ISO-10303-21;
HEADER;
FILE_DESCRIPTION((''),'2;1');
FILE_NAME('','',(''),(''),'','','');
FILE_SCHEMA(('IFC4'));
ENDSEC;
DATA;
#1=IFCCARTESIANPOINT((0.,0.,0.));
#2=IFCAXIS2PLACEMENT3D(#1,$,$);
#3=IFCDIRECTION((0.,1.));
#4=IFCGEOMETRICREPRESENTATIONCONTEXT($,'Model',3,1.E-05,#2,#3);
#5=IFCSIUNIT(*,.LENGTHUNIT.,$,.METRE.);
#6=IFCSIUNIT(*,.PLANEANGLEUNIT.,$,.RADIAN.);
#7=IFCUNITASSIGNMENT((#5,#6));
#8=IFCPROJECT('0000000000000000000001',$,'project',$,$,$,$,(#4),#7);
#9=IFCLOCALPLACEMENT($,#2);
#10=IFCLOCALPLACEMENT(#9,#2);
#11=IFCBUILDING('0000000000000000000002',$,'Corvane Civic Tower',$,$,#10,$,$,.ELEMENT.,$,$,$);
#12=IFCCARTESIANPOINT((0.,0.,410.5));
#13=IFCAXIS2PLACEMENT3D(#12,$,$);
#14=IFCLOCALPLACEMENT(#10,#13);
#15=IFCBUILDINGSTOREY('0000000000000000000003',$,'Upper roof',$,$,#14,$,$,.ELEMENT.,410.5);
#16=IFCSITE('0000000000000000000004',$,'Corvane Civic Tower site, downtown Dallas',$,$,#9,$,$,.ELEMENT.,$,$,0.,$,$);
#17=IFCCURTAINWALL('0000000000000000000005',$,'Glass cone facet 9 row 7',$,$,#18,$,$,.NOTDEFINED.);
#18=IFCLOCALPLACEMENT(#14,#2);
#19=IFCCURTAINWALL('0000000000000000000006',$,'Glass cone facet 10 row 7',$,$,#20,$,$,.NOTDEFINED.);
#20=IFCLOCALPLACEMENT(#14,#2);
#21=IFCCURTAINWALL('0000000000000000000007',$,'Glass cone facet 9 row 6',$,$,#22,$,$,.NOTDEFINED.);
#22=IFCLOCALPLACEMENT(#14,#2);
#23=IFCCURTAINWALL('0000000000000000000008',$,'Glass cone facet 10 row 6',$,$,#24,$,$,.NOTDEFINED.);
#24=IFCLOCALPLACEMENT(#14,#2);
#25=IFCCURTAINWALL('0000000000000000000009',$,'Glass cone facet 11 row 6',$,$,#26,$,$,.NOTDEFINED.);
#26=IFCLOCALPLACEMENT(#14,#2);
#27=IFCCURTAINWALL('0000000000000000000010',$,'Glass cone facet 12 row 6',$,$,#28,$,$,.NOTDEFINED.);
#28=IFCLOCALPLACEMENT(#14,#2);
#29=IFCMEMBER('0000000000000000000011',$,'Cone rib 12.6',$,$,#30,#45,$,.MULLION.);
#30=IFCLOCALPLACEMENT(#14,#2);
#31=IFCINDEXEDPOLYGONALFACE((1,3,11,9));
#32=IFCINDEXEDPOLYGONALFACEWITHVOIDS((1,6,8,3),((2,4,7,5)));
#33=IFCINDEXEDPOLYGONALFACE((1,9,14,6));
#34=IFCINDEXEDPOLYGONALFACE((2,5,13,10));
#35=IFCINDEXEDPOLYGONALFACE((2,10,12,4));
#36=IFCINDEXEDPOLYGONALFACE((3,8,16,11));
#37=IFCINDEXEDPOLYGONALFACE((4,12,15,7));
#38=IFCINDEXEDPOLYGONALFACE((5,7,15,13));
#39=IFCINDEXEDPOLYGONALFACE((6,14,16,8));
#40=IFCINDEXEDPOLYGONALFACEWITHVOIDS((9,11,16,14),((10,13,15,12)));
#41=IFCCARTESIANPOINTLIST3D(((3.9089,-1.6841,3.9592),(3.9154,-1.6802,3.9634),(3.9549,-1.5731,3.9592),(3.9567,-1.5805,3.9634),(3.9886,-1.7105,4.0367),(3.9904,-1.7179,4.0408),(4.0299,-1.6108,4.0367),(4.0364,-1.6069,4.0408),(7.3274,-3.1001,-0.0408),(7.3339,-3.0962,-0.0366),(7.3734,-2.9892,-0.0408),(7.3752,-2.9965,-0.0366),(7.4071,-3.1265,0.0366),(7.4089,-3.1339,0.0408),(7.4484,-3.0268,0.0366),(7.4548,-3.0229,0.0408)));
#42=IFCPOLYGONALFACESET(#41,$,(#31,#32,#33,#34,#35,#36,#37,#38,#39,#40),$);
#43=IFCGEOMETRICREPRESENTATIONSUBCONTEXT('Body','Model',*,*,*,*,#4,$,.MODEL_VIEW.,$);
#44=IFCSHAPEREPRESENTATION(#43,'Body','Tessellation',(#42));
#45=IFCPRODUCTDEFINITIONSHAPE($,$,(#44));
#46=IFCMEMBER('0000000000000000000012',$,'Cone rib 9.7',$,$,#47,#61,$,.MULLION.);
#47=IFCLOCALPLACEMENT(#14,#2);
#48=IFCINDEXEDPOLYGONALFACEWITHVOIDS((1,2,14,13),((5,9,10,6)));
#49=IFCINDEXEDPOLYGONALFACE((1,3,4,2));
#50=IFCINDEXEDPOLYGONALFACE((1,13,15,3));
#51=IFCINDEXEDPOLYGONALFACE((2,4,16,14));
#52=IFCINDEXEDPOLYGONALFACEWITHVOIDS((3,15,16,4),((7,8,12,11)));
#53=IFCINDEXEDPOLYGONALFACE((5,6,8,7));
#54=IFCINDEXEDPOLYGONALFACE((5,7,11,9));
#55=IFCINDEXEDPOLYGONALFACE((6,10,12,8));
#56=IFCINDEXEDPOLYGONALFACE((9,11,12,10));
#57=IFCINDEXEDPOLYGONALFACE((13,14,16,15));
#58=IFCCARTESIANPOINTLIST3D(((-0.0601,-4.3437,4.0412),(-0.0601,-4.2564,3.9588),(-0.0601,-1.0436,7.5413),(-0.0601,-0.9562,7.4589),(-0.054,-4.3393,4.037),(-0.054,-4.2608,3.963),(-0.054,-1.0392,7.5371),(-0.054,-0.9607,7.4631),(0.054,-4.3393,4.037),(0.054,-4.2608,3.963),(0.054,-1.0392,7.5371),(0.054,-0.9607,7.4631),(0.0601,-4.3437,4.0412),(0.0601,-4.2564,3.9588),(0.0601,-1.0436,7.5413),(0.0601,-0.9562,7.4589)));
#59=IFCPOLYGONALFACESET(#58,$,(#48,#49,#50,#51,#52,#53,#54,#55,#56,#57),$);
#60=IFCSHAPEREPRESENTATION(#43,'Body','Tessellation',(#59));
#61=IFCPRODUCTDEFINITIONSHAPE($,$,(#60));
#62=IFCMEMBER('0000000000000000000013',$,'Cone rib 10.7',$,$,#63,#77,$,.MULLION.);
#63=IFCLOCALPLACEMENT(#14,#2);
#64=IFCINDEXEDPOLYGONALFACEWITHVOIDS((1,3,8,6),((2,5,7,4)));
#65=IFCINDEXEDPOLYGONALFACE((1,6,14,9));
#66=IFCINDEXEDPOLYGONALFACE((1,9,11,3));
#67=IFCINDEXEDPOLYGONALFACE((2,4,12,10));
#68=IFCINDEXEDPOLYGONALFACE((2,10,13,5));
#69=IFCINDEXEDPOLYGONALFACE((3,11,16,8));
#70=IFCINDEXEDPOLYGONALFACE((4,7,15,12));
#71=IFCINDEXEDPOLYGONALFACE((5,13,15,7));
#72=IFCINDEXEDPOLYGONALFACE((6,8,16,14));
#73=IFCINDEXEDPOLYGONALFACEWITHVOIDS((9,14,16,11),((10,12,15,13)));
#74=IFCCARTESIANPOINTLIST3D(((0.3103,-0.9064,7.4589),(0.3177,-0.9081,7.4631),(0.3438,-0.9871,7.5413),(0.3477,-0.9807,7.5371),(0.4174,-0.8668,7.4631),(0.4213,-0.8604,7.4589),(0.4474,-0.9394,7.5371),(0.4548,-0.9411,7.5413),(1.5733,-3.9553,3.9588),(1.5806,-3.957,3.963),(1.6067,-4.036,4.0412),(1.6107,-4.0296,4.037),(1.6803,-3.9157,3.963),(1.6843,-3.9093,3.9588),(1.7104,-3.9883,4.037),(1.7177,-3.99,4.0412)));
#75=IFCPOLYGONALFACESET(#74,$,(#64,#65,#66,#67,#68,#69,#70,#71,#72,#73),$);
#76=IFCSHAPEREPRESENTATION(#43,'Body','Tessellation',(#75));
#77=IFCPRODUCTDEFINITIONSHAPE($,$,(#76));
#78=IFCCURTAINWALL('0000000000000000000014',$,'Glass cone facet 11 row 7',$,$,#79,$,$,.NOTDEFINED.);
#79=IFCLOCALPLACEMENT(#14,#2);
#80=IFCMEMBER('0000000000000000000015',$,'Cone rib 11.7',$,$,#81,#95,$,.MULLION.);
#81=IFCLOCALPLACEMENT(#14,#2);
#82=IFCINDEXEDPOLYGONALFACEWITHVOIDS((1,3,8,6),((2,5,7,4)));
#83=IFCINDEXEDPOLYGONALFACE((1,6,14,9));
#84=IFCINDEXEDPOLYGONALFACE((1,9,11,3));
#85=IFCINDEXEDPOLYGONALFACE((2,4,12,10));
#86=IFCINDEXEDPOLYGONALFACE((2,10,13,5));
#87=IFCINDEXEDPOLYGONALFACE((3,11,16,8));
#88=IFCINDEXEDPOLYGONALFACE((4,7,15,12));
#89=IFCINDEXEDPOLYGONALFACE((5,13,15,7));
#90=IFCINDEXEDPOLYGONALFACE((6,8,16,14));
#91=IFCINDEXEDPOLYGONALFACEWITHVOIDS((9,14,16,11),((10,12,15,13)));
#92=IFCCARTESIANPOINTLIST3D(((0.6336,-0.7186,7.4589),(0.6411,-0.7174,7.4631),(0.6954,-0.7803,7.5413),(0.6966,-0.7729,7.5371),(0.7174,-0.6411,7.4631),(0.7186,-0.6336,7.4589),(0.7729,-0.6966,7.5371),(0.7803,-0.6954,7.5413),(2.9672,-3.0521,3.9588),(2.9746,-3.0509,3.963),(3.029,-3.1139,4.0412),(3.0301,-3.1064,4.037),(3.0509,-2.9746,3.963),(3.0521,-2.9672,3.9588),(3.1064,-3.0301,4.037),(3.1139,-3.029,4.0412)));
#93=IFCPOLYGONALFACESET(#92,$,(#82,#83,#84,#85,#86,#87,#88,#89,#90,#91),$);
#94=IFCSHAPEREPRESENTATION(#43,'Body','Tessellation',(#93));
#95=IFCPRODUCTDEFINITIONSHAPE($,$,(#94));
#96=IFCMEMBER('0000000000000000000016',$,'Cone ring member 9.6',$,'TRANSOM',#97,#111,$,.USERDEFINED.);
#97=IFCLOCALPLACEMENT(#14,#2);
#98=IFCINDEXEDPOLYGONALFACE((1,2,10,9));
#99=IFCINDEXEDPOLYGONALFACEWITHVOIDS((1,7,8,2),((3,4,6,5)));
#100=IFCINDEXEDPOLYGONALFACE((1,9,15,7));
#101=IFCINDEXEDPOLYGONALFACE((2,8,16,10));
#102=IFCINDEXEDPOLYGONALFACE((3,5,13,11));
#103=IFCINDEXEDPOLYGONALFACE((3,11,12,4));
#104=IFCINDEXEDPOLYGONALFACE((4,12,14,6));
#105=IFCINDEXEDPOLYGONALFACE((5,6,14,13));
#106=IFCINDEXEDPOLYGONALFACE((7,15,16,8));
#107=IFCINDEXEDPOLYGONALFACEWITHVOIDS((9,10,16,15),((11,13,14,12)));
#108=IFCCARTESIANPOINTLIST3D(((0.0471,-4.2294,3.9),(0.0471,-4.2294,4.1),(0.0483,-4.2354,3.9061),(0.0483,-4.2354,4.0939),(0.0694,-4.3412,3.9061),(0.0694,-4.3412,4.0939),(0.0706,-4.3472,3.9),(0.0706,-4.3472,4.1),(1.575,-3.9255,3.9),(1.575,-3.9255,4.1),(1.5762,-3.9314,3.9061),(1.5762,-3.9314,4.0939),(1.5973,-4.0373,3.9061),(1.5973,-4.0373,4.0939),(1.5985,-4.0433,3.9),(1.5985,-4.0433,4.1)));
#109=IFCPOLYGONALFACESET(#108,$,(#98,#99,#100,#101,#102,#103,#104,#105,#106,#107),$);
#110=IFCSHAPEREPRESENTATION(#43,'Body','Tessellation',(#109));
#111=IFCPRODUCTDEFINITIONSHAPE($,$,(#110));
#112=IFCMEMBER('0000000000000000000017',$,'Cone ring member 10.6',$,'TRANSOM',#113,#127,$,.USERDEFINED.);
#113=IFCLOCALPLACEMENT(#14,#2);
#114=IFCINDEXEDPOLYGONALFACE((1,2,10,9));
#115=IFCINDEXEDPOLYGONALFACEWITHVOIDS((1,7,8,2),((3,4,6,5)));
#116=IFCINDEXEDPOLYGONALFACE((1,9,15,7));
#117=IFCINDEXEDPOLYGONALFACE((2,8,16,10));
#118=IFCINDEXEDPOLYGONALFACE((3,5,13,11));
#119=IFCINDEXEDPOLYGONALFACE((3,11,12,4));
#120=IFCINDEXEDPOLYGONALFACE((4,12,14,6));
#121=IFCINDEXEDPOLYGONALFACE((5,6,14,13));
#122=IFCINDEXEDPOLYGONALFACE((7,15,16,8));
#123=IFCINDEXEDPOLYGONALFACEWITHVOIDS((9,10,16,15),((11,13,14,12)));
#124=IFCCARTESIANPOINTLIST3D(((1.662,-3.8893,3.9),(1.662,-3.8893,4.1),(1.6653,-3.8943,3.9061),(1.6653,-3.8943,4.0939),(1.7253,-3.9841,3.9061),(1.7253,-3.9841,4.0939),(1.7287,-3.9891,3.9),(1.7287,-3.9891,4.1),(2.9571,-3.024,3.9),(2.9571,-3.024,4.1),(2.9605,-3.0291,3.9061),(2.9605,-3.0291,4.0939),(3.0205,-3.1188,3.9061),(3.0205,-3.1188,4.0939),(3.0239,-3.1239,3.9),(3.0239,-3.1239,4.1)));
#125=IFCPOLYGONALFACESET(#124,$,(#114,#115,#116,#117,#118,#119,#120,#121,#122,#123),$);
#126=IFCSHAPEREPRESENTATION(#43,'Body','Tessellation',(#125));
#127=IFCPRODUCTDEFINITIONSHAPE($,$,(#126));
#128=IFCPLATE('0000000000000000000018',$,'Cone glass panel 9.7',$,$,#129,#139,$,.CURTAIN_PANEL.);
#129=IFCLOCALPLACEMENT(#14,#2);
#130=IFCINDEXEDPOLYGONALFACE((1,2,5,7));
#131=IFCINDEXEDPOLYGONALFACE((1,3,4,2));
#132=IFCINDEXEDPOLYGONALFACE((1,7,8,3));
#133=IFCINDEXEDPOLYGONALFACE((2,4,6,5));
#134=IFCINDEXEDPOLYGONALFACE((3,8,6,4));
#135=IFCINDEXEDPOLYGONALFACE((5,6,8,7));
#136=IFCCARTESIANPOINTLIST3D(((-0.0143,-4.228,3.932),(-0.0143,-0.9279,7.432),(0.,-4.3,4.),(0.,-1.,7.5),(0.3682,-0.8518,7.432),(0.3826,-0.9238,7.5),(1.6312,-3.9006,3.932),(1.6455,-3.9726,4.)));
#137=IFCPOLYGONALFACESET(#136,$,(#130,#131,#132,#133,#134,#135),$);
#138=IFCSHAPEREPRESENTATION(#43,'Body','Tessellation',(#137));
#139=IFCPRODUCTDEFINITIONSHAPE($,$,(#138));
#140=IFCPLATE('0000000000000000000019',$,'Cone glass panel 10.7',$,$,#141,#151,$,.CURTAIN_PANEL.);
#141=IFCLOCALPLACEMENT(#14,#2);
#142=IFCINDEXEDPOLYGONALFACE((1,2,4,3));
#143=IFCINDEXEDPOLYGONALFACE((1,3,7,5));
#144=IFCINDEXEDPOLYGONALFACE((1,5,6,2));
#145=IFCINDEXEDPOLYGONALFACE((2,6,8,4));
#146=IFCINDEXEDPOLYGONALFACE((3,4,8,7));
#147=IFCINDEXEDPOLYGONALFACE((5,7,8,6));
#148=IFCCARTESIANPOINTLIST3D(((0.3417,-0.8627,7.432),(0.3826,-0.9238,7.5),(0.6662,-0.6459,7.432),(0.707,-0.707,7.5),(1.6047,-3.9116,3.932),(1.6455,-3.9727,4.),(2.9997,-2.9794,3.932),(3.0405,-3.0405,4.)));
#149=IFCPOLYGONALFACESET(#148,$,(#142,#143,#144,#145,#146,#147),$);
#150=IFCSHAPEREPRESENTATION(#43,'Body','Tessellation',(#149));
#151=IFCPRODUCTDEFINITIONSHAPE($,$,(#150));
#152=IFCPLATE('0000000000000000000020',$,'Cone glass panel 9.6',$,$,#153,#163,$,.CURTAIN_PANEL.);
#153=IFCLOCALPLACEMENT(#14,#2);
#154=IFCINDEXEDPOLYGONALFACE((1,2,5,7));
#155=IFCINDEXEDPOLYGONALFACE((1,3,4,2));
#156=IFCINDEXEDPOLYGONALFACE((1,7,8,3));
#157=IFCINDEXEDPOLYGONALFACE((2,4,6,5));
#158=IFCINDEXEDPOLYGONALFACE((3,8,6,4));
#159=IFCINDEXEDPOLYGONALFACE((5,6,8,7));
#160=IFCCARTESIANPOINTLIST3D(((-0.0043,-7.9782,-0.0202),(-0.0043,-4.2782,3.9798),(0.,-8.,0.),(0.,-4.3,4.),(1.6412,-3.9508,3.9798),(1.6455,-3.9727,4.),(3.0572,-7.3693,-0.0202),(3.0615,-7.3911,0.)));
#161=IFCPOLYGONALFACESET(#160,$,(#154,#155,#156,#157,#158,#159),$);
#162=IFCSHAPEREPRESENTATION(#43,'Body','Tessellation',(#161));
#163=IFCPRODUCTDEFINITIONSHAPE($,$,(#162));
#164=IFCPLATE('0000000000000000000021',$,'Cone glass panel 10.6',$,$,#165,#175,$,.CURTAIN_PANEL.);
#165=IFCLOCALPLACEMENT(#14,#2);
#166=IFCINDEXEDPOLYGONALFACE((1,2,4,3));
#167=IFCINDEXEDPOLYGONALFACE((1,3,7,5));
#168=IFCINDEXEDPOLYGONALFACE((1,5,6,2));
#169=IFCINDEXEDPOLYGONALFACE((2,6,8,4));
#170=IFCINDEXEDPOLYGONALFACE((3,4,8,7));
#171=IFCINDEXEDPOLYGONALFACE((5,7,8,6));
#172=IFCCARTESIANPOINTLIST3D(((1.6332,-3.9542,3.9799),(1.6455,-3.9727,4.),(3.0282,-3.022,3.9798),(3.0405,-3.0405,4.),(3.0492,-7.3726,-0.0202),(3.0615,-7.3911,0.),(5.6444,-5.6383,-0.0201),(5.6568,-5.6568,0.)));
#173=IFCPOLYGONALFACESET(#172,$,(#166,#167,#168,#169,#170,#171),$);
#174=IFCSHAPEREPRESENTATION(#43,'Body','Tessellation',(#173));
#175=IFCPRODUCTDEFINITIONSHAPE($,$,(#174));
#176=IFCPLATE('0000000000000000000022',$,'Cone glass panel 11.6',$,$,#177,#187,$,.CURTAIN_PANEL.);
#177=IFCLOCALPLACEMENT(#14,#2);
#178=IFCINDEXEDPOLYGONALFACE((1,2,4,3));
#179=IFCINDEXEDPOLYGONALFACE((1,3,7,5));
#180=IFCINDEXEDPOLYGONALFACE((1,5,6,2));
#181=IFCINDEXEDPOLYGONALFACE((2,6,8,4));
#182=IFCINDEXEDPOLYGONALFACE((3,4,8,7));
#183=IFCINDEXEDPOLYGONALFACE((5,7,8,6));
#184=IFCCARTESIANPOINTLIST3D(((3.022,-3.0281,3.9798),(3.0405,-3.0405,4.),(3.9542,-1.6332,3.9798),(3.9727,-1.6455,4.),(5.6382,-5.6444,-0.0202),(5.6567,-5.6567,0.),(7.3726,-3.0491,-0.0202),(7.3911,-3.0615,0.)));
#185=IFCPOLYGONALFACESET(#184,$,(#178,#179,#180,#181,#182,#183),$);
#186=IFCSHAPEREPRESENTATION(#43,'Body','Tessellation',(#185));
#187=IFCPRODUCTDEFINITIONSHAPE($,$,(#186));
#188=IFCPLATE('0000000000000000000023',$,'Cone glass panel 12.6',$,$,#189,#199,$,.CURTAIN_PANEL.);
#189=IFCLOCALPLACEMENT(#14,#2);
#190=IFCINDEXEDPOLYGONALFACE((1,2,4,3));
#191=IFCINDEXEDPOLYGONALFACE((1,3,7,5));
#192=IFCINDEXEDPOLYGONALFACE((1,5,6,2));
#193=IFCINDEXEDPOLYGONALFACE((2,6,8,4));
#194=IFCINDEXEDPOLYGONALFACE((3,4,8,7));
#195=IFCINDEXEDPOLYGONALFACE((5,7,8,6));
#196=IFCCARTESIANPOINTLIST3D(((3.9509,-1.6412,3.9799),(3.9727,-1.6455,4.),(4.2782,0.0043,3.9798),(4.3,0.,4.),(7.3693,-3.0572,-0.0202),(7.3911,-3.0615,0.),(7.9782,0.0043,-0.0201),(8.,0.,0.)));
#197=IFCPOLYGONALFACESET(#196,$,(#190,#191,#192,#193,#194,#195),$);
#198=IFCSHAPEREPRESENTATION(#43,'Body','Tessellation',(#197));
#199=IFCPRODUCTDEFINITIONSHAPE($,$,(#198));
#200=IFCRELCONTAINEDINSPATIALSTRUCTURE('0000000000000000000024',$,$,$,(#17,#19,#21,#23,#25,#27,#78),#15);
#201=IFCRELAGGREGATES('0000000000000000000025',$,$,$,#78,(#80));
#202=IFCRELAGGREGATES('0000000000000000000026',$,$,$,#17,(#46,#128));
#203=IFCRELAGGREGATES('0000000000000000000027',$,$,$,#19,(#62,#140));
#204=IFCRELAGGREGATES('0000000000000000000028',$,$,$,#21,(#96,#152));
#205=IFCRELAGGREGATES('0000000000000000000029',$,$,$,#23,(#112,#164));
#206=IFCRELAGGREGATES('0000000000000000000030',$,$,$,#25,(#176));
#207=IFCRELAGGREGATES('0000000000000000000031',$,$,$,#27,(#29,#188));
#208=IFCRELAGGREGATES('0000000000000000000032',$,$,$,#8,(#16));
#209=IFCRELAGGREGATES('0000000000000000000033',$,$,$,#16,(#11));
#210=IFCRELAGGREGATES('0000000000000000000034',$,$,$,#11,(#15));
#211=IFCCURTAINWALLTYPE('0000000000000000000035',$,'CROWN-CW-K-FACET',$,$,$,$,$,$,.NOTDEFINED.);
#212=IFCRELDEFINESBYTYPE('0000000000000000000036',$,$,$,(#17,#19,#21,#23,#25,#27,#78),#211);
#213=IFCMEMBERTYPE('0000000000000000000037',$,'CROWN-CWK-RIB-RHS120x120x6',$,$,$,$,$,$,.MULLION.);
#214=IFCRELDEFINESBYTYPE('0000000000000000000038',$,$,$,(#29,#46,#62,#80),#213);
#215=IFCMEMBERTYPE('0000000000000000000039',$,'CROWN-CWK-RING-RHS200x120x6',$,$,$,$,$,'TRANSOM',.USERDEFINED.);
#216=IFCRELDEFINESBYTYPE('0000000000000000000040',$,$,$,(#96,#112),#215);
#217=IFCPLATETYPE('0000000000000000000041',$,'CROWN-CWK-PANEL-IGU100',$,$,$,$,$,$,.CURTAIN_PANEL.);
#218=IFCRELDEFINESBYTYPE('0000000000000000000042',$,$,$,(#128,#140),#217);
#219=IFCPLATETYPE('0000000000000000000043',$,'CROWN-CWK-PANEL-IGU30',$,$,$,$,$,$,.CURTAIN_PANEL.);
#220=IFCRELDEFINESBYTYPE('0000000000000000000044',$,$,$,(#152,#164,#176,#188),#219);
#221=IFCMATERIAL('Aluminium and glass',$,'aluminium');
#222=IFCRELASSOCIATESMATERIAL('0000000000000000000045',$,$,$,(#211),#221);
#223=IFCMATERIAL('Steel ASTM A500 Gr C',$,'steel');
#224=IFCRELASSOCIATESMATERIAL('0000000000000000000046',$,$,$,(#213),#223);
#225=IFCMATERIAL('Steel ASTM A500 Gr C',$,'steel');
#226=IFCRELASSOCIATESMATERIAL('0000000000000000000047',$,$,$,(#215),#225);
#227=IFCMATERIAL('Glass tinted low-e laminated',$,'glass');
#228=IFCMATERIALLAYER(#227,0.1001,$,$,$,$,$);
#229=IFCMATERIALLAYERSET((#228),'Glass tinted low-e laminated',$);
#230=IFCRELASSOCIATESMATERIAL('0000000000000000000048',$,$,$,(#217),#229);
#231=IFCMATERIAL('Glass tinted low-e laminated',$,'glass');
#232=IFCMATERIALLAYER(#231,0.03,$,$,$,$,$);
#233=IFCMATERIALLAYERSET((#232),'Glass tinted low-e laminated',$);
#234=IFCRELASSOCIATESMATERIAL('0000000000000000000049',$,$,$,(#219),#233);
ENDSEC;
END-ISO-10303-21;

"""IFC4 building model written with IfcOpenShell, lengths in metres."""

from ifc_helpers import new_model, si_unit, direction, frame, origin, origin_2d, place, context, subcontext, project, spatial, polyline, hollow_rectangle, outline, extrude, material, layer, layer_set, material_profile, profile_set, type_object, element, aggregate, save


model = new_model("IFC4")

# Units and contexts
model_context = context("Model", 3, precision=1e-05, world=origin(), true_north=direction((0.0, 1.0)))
body_context = subcontext(model_context, "Body", "Model", "MODEL_VIEW")
ifc_project = project(units=[si_unit("LENGTHUNIT", "METRE"), si_unit("PLANEANGLEUNIT", "RADIAN")], contexts=[model_context])

# Site, building, storey
site_placement = place(None, origin())
site = spatial("IfcSite", under=ifc_project, at=site_placement, Name="Corvane Civic Tower site, downtown Dallas", CompositionType="ELEMENT", RefElevation=0.0)
building_placement = place(site_placement, origin())
building = spatial("IfcBuilding", under=site, at=building_placement, Name="Corvane Civic Tower", CompositionType="ELEMENT")
storey_placement = place(building_placement, frame((0.0, 0.0, 410.5)))
storey = spatial("IfcBuildingStorey", under=building, at=storey_placement, Name="Upper roof", CompositionType="ELEMENT", Elevation=410.5)

# Curtain walls
ifc_material_1 = material(Name="Aluminium and glass", Category="aluminium")
curtain_wall_type = type_object("IfcCurtainWallType", Name="CROWN-CW-K-FACET", PredefinedType="NOTDEFINED", material=ifc_material_1)
curtain_wall_1_placement = place(storey_placement, origin())
curtain_wall_1 = element("IfcCurtainWall", 1, at=curtain_wall_1_placement, inside=storey, type_object=curtain_wall_type, Name="Glass cone facet 9 row 7", PredefinedType="NOTDEFINED")
curtain_wall_2_placement = place(storey_placement, origin())
curtain_wall_2 = element("IfcCurtainWall", 2, at=curtain_wall_2_placement, inside=storey, type_object=curtain_wall_type, Name="Glass cone facet 10 row 7", PredefinedType="NOTDEFINED")

# Curtain walls
curtain_wall_3_placement = place(storey_placement, origin())
curtain_wall_3 = element("IfcCurtainWall", 3, at=curtain_wall_3_placement, inside=storey, type_object=curtain_wall_type, Name="Glass cone facet 9 row 6", PredefinedType="NOTDEFINED")
curtain_wall_4_placement = place(storey_placement, origin())
curtain_wall_4 = element("IfcCurtainWall", 4, at=curtain_wall_4_placement, inside=storey, type_object=curtain_wall_type, Name="Glass cone facet 10 row 6", PredefinedType="NOTDEFINED")
curtain_wall_5_placement = place(storey_placement, origin())
curtain_wall_5 = element("IfcCurtainWall", 5, at=curtain_wall_5_placement, inside=storey, type_object=curtain_wall_type, Name="Glass cone facet 11 row 6", PredefinedType="NOTDEFINED")

# Shared definitions
ifc_material_2 = material(Name="Steel ASTM A500 Gr C", Category="steel")
ifc_material_profile_1 = material_profile(ifc_material_2, hollow_rectangle(XDim=0.1201, YDim=0.1201, WallThickness=0.0061, at=origin_2d()), Name="RHS 120x120x6")
ifc_profile_set_1 = profile_set([ifc_material_profile_1], Name="Steel ASTM A500 Gr C")
member_type_1 = type_object("IfcMemberType", Name="CROWN-CWK-RIB-RHS120x120x6", PredefinedType="MULLION", material=ifc_profile_set_1)

# Curtain wall, member
curtain_wall_6_placement = place(storey_placement, origin())
curtain_wall_6 = element("IfcCurtainWall", 6, at=curtain_wall_6_placement, inside=storey, type_object=curtain_wall_type, Name="Glass cone facet 12 row 6", PredefinedType="NOTDEFINED")
member_1_placement = place(storey_placement, frame((7.3911, -3.0615, 0.0), z_axis=(-0.627362, 0.25987, 0.734088), x_axis=(-0.382694, -0.923875, 0.0)))
member_1 = element("IfcMember", 7, at=member_1_placement, type_object=member_type_1, Name="Cone rib 12.6", PredefinedType="MULLION", context=body_context, shape_type="SweptSolid", body=[
    extrude(hollow_rectangle(XDim=0.1201, YDim=0.1201, WallThickness=0.0061, at=origin_2d()), origin(), (0.0, 0.0, 1.0), 5.449),
])

# Members
member_2_placement = place(storey_placement, frame((0.0, -4.3, 4.0), z_axis=(0.0, 0.686018, 0.727584), x_axis=(-1.0, 0.0, 0.0)))
member_2 = element("IfcMember", 8, at=member_2_placement, type_object=member_type_1, Name="Cone rib 9.7", PredefinedType="MULLION", context=body_context, shape_type="SweptSolid", body=[
    extrude(hollow_rectangle(XDim=0.1201, YDim=0.1201, WallThickness=0.0061, at=origin_2d()), origin(), (0.0, 0.0, 1.0), 4.8105),
])
member_3_placement = place(storey_placement, frame((1.6455, -3.9727, 4.0), z_axis=(-0.262541, 0.633794, 0.727584), x_axis=(-0.923872, -0.382702, 0.0)))
member_3 = element("IfcMember", 9, at=member_3_placement, type_object=member_type_1, Name="Cone rib 10.7", PredefinedType="MULLION", context=body_context, shape_type="SweptSolid", body=[
    extrude(hollow_rectangle(XDim=0.1201, YDim=0.1201, WallThickness=0.0061, at=origin_2d()), origin(), (0.0, 0.0, 1.0), 4.8105),
])

# Curtain wall, member
curtain_wall_7_placement = place(storey_placement, origin())
curtain_wall_7 = element("IfcCurtainWall", 10, at=curtain_wall_7_placement, inside=storey, type_object=curtain_wall_type, Name="Glass cone facet 11 row 7", PredefinedType="NOTDEFINED")
member_4_placement = place(storey_placement, frame((3.0405, -3.0405, 4.0), z_axis=(-0.485089, 0.485089, 0.727583), x_axis=(-0.707107, -0.707107, 0.0)))
member_4 = element("IfcMember", 11, at=member_4_placement, type_object=member_type_1, Name="Cone rib 11.7", PredefinedType="MULLION", context=body_context, shape_type="SweptSolid", body=[
    extrude(hollow_rectangle(XDim=0.1201, YDim=0.1201, WallThickness=0.0061, at=origin_2d()), origin(), (0.0, 0.0, 1.0), 4.8105),
])
aggregate(curtain_wall_7, [member_4])

# Members
ifc_material_3 = material(Name="Steel ASTM A500 Gr C", Category="steel")
ifc_material_profile_2 = material_profile(ifc_material_3, hollow_rectangle(XDim=0.1201, YDim=0.2, WallThickness=0.0061, at=origin_2d()), Name="RHS 200x120x6")
ifc_profile_set_2 = profile_set([ifc_material_profile_2], Name="Steel ASTM A500 Gr C")
member_type_2 = type_object("IfcMemberType", Name="CROWN-CWK-RING-RHS200x120x6", ElementType="TRANSOM", PredefinedType="USERDEFINED", material=ifc_profile_set_2)
member_5_placement = place(storey_placement, frame((0.0588, -4.2883, 4.0), z_axis=(0.980779, 0.195121, 0.0), x_axis=(-0.195121, 0.980779, 0.0)))
member_5 = element("IfcMember", 12, at=member_5_placement, type_object=member_type_2, Name="Cone ring member 9.6", ObjectType="TRANSOM", PredefinedType="USERDEFINED", context=body_context, shape_type="SweptSolid", body=[
    extrude(hollow_rectangle(XDim=0.1201, YDim=0.2, WallThickness=0.0061, at=origin_2d()), origin(), (0.0, 0.0, 1.0), 1.5579),
])
member_6_placement = place(storey_placement, frame((1.6953, -3.9392, 4.0), z_axis=(0.831519, 0.555496, 0.0), x_axis=(-0.555496, 0.831519, 0.0)))
member_6 = element("IfcMember", 13, at=member_6_placement, type_object=member_type_2, Name="Cone ring member 10.6", ObjectType="TRANSOM", PredefinedType="USERDEFINED", context=body_context, shape_type="SweptSolid", body=[
    extrude(hollow_rectangle(XDim=0.1201, YDim=0.2, WallThickness=0.0061, at=origin_2d()), origin(), (0.0, 0.0, 1.0), 1.5576),
])

# Plates
ifc_material_4 = material(Name="Glass tinted low-e laminated", Category="glass")
ifc_layer_1 = layer(ifc_material_4, 0.1001)
ifc_layer_set_1 = layer_set([ifc_layer_1], Name="Glass tinted low-e laminated")
plate_type_1 = type_object("IfcPlateType", Name="CROWN-CWK-PANEL-IGU100", PredefinedType="CURTAIN_PANEL", material=ifc_layer_set_1)
plate_1_placement = place(storey_placement, frame((0.0, -4.3, 4.0), z_axis=(0.143286, -0.720072, 0.678944), x_axis=(0.980773, 0.195151, -0.000013)))
plate_1 = element("IfcPlate", 14, at=plate_1_placement, type_object=plate_type_1, Name="Cone glass panel 9.7", PredefinedType="CURTAIN_PANEL", context=body_context, shape_type="SweptSolid", body=[
    extrude(outline(polyline([(0.0, 0.0), (1.6778, 0.0), (1.034, 4.7672), (0.644, 4.7671), (0.0, 0.0)])), origin(), (0.0, 0.0, -1.0), 0.1001),
])
aggregate(curtain_wall_1, [member_2, plate_1])
plate_2_placement = place(storey_placement, frame((1.6455, -3.9727, 4.0), z_axis=(0.407894, -0.610454, 0.678947), x_axis=(0.831468, 0.555572, 0.000001)))
plate_2 = element("IfcPlate", 15, at=plate_2_placement, type_object=plate_type_1, Name="Cone glass panel 10.7", PredefinedType="CURTAIN_PANEL", context=body_context, shape_type="SweptSolid", body=[
    extrude(outline(polyline([(0.0, 0.0), (1.6778, 0.0), (1.034, 4.7672), (0.6438, 4.7672), (0.0, 0.0)])), origin(), (0.0, 0.0, -1.0), 0.1001),
])
aggregate(curtain_wall_2, [member_3, plate_2])
ifc_material_5 = material(Name="Glass tinted low-e laminated", Category="glass")
ifc_layer_2 = layer(ifc_material_5, 0.03)
ifc_layer_set_2 = layer_set([ifc_layer_2], Name="Glass tinted low-e laminated")
plate_type_2 = type_object("IfcPlateType", Name="CROWN-CWK-PANEL-IGU30", PredefinedType="CURTAIN_PANEL", material=ifc_layer_set_2)
plate_3_placement = place(storey_placement, frame((0.0, -8.0, 0.0), z_axis=(0.144487, -0.726393, 0.67192), x_axis=(0.980788, 0.195077, -0.000013)))
plate_3 = element("IfcPlate", 16, at=plate_3_placement, type_object=plate_type_2, Name="Cone glass panel 9.6", PredefinedType="CURTAIN_PANEL", context=body_context, shape_type="SweptSolid", body=[
    extrude(outline(polyline([(0.0, 0.0), (3.1215, 0.0), (2.3995, 5.4009), (0.7217, 5.4008), (0.0, 0.0)])), origin(), (0.0, 0.0, -1.0), 0.03),
])
aggregate(curtain_wall_3, [member_5, plate_3])
plate_4_placement = place(storey_placement, frame((3.0615, -7.3911, 0.0), z_axis=(0.411503, -0.615786, 0.671917), x_axis=(0.831432, 0.555626, 0.000014)))
plate_4 = element("IfcPlate", 17, at=plate_4_placement, type_object=plate_type_2, Name="Cone glass panel 10.6", PredefinedType="CURTAIN_PANEL", context=body_context, shape_type="SweptSolid", body=[
    extrude(outline(polyline([(0.0, 0.0), (3.1214, 0.0), (2.3999, 5.4008), (0.7221, 5.4009), (0.0, 0.0)])), origin(), (0.0, 0.0, -1.0), 0.03),
])
aggregate(curtain_wall_4, [member_6, plate_4])
plate_5_placement = place(storey_placement, frame((5.6567, -5.6567, 0.0), z_axis=(0.615786, -0.411503, 0.671917), x_axis=(0.555626, 0.831432, -0.000014)))
plate_5 = element("IfcPlate", 18, at=plate_5_placement, type_object=plate_type_2, Name="Cone glass panel 11.6", PredefinedType="CURTAIN_PANEL", context=body_context, shape_type="SweptSolid", body=[
    extrude(outline(polyline([(0.0, 0.0), (3.1214, 0.0), (2.3993, 5.4009), (0.7215, 5.4008), (0.0, 0.0)])), origin(), (0.0, 0.0, -1.0), 0.03),
])
aggregate(curtain_wall_5, [plate_5])
plate_6_placement = place(storey_placement, frame((7.3911, -3.0615, 0.0), z_axis=(0.726393, -0.144487, 0.67192), x_axis=(0.195077, 0.980788, 0.000013)))
plate_6 = element("IfcPlate", 19, at=plate_6_placement, type_object=plate_type_2, Name="Cone glass panel 12.6", PredefinedType="CURTAIN_PANEL", context=body_context, shape_type="SweptSolid", body=[
    extrude(outline(polyline([(0.0, 0.0), (3.1215, 0.0), (2.3998, 5.4008), (0.722, 5.4009), (0.0, 0.0)])), origin(), (0.0, 0.0, -1.0), 0.03),
])
aggregate(curtain_wall_6, [member_1, plate_6])

save(model, "model.ifc")
